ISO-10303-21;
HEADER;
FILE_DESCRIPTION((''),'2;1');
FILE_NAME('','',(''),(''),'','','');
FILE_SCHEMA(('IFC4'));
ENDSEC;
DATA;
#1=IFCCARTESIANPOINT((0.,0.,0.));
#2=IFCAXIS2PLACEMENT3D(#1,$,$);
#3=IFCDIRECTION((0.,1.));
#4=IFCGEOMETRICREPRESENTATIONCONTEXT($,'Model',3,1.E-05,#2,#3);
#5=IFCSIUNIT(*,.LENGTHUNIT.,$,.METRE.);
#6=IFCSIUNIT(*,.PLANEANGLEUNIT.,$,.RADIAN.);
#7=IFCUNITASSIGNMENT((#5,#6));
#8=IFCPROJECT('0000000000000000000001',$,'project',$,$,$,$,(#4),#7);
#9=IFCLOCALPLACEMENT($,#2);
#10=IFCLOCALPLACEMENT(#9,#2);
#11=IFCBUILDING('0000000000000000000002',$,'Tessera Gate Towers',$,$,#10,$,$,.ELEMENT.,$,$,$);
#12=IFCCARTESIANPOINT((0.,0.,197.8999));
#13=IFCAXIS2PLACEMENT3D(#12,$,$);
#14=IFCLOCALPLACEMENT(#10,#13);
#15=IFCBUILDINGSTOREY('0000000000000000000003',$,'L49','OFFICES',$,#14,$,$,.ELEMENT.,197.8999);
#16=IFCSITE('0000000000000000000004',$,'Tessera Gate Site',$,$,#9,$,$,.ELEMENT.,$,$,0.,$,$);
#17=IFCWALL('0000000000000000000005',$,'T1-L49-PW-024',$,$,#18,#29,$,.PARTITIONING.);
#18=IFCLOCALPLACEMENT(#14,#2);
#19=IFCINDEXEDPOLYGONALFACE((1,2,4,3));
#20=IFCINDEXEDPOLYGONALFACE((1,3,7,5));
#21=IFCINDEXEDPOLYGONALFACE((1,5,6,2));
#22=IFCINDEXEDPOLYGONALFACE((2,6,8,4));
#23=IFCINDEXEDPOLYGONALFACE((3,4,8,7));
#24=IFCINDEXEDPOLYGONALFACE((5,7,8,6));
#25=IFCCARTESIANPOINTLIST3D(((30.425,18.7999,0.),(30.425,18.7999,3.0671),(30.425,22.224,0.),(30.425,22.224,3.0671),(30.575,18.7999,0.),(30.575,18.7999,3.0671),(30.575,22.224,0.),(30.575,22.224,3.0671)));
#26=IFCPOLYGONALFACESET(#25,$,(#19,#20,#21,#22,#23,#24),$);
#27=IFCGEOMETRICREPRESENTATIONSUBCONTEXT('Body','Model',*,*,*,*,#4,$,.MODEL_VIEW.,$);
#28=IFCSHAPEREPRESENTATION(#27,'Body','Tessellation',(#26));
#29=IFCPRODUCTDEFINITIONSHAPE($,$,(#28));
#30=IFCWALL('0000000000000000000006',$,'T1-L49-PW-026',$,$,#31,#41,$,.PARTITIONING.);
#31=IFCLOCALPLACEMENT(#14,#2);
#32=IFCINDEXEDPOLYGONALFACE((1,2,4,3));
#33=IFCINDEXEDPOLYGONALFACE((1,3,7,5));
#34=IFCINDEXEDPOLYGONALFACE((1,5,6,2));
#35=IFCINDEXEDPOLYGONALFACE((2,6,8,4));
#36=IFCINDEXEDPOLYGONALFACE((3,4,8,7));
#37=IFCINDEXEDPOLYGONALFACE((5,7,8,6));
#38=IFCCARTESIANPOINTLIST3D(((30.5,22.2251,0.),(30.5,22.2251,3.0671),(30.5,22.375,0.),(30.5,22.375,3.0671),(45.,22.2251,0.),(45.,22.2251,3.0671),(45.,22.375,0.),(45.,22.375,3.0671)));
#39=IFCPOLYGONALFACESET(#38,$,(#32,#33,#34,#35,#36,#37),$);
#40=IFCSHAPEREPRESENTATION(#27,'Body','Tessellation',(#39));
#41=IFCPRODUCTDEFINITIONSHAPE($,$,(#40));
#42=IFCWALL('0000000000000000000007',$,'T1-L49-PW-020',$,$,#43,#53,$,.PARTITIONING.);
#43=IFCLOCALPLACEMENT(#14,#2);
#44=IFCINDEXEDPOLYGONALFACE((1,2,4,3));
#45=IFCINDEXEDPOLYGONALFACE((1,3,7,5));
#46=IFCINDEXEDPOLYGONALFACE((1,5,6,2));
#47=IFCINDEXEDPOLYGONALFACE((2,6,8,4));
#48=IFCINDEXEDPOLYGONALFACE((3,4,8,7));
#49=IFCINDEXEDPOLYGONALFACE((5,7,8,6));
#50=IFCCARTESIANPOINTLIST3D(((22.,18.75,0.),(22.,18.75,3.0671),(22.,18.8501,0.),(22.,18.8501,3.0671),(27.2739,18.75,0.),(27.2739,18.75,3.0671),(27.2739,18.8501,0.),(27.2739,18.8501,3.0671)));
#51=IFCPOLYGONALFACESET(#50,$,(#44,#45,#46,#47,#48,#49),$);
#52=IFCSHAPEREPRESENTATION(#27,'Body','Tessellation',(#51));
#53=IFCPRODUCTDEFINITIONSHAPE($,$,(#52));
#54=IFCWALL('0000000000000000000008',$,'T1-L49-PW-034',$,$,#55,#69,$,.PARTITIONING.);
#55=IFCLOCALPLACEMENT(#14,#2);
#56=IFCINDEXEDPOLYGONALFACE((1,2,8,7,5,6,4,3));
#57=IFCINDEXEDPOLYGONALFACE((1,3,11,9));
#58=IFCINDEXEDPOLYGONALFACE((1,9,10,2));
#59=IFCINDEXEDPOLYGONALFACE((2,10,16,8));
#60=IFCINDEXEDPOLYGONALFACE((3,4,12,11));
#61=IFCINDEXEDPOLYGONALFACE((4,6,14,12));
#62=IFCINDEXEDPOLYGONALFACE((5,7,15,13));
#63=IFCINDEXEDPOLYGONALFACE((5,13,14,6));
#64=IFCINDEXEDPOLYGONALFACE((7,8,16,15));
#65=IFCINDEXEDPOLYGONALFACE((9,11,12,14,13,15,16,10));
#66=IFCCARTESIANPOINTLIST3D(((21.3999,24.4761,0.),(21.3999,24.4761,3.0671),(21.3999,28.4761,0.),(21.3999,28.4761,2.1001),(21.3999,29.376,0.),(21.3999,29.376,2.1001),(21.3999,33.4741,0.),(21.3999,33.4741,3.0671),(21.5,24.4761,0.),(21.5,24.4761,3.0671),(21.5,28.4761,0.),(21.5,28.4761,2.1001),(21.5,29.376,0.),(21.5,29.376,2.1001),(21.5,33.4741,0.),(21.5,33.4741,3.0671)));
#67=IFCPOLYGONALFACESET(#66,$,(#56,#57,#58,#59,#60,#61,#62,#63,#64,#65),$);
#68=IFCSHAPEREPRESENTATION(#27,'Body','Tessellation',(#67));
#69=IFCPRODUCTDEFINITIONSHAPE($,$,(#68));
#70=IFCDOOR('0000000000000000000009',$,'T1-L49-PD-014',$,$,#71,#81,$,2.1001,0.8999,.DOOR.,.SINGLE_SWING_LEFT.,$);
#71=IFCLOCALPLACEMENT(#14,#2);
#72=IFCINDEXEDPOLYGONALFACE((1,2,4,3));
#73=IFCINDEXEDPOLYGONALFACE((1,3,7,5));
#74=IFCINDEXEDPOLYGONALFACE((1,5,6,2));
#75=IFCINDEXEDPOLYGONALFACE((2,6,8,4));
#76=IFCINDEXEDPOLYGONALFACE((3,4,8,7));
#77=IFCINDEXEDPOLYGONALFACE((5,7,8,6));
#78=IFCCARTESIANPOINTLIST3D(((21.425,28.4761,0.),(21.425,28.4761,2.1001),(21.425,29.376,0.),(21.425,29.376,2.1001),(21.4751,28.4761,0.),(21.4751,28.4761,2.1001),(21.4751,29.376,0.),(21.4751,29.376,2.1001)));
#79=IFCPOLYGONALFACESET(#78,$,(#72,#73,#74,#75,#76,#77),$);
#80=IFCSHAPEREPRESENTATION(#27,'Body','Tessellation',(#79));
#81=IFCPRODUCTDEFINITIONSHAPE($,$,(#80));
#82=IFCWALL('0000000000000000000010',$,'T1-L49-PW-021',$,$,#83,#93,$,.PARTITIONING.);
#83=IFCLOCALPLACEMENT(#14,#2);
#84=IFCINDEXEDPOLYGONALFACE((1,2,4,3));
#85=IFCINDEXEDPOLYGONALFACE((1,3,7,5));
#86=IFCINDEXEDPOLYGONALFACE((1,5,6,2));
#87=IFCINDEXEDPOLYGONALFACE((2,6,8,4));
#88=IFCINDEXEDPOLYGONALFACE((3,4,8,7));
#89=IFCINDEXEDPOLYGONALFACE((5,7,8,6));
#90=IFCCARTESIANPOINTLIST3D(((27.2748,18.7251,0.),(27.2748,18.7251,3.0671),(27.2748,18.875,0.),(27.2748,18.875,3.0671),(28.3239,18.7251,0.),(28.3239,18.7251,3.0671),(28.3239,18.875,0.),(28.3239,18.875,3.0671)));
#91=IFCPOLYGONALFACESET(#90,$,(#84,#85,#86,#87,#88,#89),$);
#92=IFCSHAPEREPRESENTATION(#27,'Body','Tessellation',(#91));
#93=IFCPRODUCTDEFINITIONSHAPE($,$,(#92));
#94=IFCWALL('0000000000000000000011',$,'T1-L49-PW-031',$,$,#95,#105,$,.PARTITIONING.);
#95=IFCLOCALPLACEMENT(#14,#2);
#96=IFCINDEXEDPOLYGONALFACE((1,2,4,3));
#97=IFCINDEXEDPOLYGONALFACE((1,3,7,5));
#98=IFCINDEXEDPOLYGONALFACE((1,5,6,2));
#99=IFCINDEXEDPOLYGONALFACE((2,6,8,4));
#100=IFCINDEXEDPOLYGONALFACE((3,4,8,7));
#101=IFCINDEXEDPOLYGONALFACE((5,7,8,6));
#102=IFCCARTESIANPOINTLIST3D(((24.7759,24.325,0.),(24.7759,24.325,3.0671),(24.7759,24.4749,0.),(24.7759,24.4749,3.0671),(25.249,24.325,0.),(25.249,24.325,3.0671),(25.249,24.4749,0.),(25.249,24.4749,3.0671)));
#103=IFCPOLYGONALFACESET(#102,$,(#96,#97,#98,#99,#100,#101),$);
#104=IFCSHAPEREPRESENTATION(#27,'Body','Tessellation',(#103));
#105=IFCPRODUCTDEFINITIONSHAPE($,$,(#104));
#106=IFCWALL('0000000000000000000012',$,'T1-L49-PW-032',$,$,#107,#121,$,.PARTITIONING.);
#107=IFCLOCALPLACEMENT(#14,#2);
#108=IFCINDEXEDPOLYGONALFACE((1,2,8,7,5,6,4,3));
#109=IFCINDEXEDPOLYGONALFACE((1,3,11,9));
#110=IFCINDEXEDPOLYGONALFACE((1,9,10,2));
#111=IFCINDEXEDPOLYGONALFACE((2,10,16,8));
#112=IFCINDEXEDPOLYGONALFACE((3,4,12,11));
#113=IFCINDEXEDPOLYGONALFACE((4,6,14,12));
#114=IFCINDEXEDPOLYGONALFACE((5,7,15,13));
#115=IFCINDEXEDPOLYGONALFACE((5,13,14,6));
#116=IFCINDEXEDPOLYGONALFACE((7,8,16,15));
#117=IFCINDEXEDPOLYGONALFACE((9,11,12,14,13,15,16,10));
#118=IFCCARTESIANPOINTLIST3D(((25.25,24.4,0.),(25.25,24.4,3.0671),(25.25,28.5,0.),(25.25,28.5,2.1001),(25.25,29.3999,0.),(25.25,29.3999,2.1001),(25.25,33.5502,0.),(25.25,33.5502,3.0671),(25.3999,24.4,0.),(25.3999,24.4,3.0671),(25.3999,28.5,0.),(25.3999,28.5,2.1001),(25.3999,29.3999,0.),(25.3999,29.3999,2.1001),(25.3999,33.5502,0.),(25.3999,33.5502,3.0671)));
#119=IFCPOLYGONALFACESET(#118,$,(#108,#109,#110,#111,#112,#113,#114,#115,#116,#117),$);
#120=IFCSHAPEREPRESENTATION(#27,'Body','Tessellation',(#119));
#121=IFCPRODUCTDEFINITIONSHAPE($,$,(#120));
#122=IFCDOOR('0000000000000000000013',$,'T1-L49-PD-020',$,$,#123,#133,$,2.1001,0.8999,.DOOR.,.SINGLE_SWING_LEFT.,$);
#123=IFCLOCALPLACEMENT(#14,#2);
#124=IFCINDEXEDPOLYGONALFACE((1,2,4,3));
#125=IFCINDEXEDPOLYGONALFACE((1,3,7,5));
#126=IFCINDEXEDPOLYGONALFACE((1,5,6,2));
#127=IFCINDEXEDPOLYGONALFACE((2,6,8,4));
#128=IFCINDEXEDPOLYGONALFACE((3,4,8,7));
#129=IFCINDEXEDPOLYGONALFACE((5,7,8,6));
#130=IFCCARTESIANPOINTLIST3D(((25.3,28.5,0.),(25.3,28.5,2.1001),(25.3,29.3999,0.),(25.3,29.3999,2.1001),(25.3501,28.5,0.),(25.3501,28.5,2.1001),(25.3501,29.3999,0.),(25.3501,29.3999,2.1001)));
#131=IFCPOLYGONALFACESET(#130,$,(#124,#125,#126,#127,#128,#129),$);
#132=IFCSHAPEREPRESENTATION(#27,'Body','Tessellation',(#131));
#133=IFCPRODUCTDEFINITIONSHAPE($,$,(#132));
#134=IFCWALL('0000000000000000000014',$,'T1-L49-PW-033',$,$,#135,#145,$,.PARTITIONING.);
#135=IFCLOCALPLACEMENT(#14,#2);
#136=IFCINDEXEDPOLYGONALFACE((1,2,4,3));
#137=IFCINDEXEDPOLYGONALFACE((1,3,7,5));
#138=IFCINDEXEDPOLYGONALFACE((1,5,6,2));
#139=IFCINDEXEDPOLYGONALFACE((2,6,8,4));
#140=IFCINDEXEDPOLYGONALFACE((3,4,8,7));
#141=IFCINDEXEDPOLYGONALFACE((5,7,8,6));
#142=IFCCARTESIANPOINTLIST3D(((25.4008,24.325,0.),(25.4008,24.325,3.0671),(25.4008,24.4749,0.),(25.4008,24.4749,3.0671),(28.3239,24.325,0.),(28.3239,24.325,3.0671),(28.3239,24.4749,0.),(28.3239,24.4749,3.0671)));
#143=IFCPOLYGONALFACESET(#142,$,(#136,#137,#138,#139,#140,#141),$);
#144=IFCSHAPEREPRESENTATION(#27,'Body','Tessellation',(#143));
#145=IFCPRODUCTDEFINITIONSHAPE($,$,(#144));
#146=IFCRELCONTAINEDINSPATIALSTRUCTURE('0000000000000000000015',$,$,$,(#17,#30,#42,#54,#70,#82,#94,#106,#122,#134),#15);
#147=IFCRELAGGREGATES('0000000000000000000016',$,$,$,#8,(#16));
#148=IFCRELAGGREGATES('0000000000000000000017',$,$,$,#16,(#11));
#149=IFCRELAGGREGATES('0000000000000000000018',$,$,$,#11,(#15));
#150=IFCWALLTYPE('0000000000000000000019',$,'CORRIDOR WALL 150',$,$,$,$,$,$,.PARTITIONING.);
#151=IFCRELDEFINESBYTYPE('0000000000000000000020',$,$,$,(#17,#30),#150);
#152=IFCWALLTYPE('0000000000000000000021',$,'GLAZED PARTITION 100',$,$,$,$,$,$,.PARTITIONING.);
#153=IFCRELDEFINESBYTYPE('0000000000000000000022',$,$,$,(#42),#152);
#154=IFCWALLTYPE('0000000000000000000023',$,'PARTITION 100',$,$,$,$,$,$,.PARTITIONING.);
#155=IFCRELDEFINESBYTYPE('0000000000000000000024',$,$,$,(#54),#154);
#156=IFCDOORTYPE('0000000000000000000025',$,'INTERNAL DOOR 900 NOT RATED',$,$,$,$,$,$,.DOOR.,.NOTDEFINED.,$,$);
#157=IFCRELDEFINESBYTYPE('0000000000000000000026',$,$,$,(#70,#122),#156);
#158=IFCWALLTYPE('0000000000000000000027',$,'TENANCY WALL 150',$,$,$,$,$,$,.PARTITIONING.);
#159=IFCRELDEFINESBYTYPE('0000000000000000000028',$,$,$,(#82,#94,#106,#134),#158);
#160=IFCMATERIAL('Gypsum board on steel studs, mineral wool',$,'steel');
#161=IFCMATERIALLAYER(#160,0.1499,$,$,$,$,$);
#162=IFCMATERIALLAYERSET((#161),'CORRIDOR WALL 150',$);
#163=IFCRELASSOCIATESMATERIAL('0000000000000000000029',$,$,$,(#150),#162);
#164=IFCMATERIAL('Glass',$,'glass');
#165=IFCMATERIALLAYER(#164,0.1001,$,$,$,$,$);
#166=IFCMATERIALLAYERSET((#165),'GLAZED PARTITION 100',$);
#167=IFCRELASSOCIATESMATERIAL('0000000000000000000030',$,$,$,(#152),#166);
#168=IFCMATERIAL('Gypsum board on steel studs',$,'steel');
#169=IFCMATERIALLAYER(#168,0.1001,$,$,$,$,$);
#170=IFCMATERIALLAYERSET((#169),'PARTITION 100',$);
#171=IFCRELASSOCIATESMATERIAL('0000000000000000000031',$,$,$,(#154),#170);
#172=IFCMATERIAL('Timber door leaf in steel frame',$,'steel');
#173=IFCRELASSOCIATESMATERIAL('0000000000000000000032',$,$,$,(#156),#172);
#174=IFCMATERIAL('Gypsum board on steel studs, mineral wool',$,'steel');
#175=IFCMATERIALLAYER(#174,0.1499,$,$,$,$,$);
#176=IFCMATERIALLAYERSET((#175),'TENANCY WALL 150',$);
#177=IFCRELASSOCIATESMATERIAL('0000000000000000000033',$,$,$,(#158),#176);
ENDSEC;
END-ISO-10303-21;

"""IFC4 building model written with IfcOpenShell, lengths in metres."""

from ifc_helpers import new_model, si_unit, direction, frame, frame_2d, origin, place, context, subcontext, project, spatial, rectangle, extrude, source, transform, mapped, material, layer, layer_set, type_object, element, fill, save


model = new_model("IFC4")

# Units and contexts
model_context = context("Model", 3, precision=1e-05, world=origin(), true_north=direction((0.0, 1.0)))
body_context = subcontext(model_context, "Body", "Model", "MODEL_VIEW")
ifc_project = project(units=[si_unit("LENGTHUNIT", "METRE"), si_unit("PLANEANGLEUNIT", "RADIAN")], contexts=[model_context])

# Site, building, storey
site_placement = place(None, origin())
site = spatial("IfcSite", under=ifc_project, at=site_placement, Name="Tessera Gate Site", CompositionType="ELEMENT", RefElevation=0.0)
building_placement = place(site_placement, origin())
building = spatial("IfcBuilding", under=site, at=building_placement, Name="Tessera Gate Towers", CompositionType="ELEMENT")
storey_placement = place(building_placement, frame((0.0, 0.0, 197.8999)))
storey = spatial("IfcBuildingStorey", under=building, at=storey_placement, Name="L49", Description="OFFICES", CompositionType="ELEMENT", Elevation=197.8999)

# Shared definitions
ifc_material_1 = material(Name="Gypsum board on steel studs, mineral wool", Category="steel")
ifc_layer_1 = layer(ifc_material_1, 0.1499)
ifc_layer_set_1 = layer_set([ifc_layer_1], Name="CORRIDOR WALL 150")
wall_type_1 = type_object("IfcWallType", Name="CORRIDOR WALL 150", PredefinedType="PARTITIONING", material=ifc_layer_set_1)
shared_shape_1 = source(origin(), body_context, "Body", "SweptSolid", [
    extrude(rectangle(XDim=0.8999, YDim=2.1001, at=frame_2d((0.45, 1.05))), frame((0.0, 0.085, 0.0), z_axis=(0.0, -1.0, 0.0), x_axis=(1.0, 0.0, 0.0)), (0.0, 0.0, 1.0), 0.1699),
])
shared_shape_2 = source(origin(), body_context, "Body", "SweptSolid", [
    extrude(rectangle(XDim=0.8999, YDim=2.1001, at=frame_2d((0.45, 1.05))), frame((0.0, 0.0249, 0.0), z_axis=(0.0, -1.0, 0.0), x_axis=(1.0, 0.0, 0.0)), (0.0, 0.0, 1.0), 0.05),
])

# Walls
wall_1_placement = place(storey_placement, frame((30.5, 18.8, 0.0), z_axis=(0.0, 0.0, 1.0), x_axis=(0.0, 1.0, 0.0)))
element("IfcWall", 1, at=wall_1_placement, inside=storey, type_object=wall_type_1, Name="T1-L49-PW-024", PredefinedType="PARTITIONING", context=body_context, shape_type="SweptSolid", body=[
    extrude(rectangle(XDim=3.4241, YDim=0.1499, at=frame_2d((1.7119, 0.0))), origin(), (0.0, 0.0, 1.0), 3.0671),
])
wall_2_placement = place(storey_placement, frame((30.5, 22.3, 0.0), z_axis=(0.0, 0.0, 1.0), x_axis=(1.0, 0.0, 0.0)))
element("IfcWall", 2, at=wall_2_placement, inside=storey, type_object=wall_type_1, Name="T1-L49-PW-026", PredefinedType="PARTITIONING", context=body_context, shape_type="SweptSolid", body=[
    extrude(rectangle(XDim=14.5, YDim=0.1499, at=frame_2d((7.25, 0.0))), origin(), (0.0, 0.0, 1.0), 3.0671),
])
ifc_material_2 = material(Name="Glass", Category="glass")
ifc_layer_2 = layer(ifc_material_2, 0.1001)
ifc_layer_set_2 = layer_set([ifc_layer_2], Name="GLAZED PARTITION 100")
wall_type_2 = type_object("IfcWallType", Name="GLAZED PARTITION 100", PredefinedType="PARTITIONING", material=ifc_layer_set_2)
wall_3_placement = place(storey_placement, frame((22.0, 18.8, 0.0), z_axis=(0.0, 0.0, 1.0), x_axis=(1.0, 0.0, 0.0)))
element("IfcWall", 3, at=wall_3_placement, inside=storey, type_object=wall_type_2, Name="T1-L49-PW-020", PredefinedType="PARTITIONING", context=body_context, shape_type="SweptSolid", body=[
    extrude(rectangle(XDim=5.2739, YDim=0.1001, at=frame_2d((2.637, 0.0))), origin(), (0.0, 0.0, 1.0), 3.0671),
])

# Wall, opening, door
ifc_material_3 = material(Name="Gypsum board on steel studs", Category="steel")
ifc_layer_3 = layer(ifc_material_3, 0.1001)
ifc_layer_set_3 = layer_set([ifc_layer_3], Name="PARTITION 100")
wall_type_3 = type_object("IfcWallType", Name="PARTITION 100", PredefinedType="PARTITIONING", material=ifc_layer_set_3)
wall_4_placement = place(storey_placement, frame((21.45, 24.4761, 0.0), z_axis=(0.0, 0.0, 1.0), x_axis=(0.0, 1.0, 0.0)))
wall_4 = element("IfcWall", 4, at=wall_4_placement, inside=storey, type_object=wall_type_3, Name="T1-L49-PW-034", PredefinedType="PARTITIONING", context=body_context, shape_type="SweptSolid", body=[
    extrude(rectangle(XDim=8.998, YDim=0.1001, at=frame_2d((4.499, 0.0))), origin(), (0.0, 0.0, 1.0), 3.0671),
])
shared_shape_3 = source(origin(), body_context, "Body", "SweptSolid", [
    extrude(rectangle(XDim=0.8999, YDim=2.1001, at=frame_2d((0.45, 1.05))), frame((0.0, 0.0601, 0.0), z_axis=(0.0, -1.0, 0.0), x_axis=(1.0, 0.0, 0.0)), (0.0, 0.0, 1.0), 0.1201),
])
opening_1_placement = place(wall_4_placement, frame((4.0, 0.0, 0.0)))
opening_1 = element("IfcOpeningElement", 5, at=opening_1_placement, cuts=wall_4, PredefinedType="OPENING", context=body_context, shape_type="MappedRepresentation", body=[
    mapped(shared_shape_3, transform((0.0, 0.0, 0.0), scale=1.0)),
])
ifc_material_4 = material(Name="Timber door leaf in steel frame", Category="steel")
door_type_1 = type_object("IfcDoorType", Name="INTERNAL DOOR 900 NOT RATED", OperationType="NOTDEFINED", PredefinedType="DOOR", material=ifc_material_4)
door_1_placement = place(opening_1_placement, origin())
door_1 = element("IfcDoor", 6, at=door_1_placement, inside=storey, type_object=door_type_1, Name="T1-L49-PD-014", OperationType="SINGLE_SWING_LEFT", OverallHeight=2.1001, OverallWidth=0.8999, PredefinedType="DOOR", context=body_context, shape_type="MappedRepresentation", body=[
    mapped(shared_shape_2, transform((0.0, 0.0, 0.0), scale=1.0)),
])
fill(opening_1, door_1)

# Walls
ifc_material_5 = material(Name="Gypsum board on steel studs, mineral wool", Category="steel")
ifc_layer_4 = layer(ifc_material_5, 0.1499)
ifc_layer_set_4 = layer_set([ifc_layer_4], Name="TENANCY WALL 150")
wall_type_4 = type_object("IfcWallType", Name="TENANCY WALL 150", PredefinedType="PARTITIONING", material=ifc_layer_set_4)
wall_5_placement = place(storey_placement, frame((27.2749, 18.8, 0.0), z_axis=(0.0, 0.0, 1.0), x_axis=(1.0, 0.0, 0.0)))
element("IfcWall", 7, at=wall_5_placement, inside=storey, type_object=wall_type_4, Name="T1-L49-PW-021", PredefinedType="PARTITIONING", context=body_context, shape_type="SweptSolid", body=[
    extrude(rectangle(XDim=1.0491, YDim=0.1499, at=frame_2d((0.5244, 0.0))), origin(), (0.0, 0.0, 1.0), 3.0671),
])
wall_6_placement = place(storey_placement, frame((24.7759, 24.3999, 0.0), z_axis=(0.0, 0.0, 1.0), x_axis=(1.0, 0.0, 0.0)))
element("IfcWall", 8, at=wall_6_placement, inside=storey, type_object=wall_type_4, Name="T1-L49-PW-031", PredefinedType="PARTITIONING", context=body_context, shape_type="SweptSolid", body=[
    extrude(rectangle(XDim=0.4731, YDim=0.1499, at=frame_2d((0.2366, 0.0))), origin(), (0.0, 0.0, 1.0), 3.0671),
])

# Wall, opening, door
wall_7_placement = place(storey_placement, frame((25.325, 24.3999, 0.0), z_axis=(0.0, 0.0, 1.0), x_axis=(0.0, 1.0, 0.0)))
wall_7 = element("IfcWall", 9, at=wall_7_placement, inside=storey, type_object=wall_type_4, Name="T1-L49-PW-032", PredefinedType="PARTITIONING", context=body_context, shape_type="SweptSolid", body=[
    extrude(rectangle(XDim=9.1501, YDim=0.1499, at=frame_2d((4.5752, 0.0))), origin(), (0.0, 0.0, 1.0), 3.0671),
])
opening_2_placement = place(wall_7_placement, frame((4.1001, 0.0, 0.0)))
opening_2 = element("IfcOpeningElement", 10, at=opening_2_placement, cuts=wall_7, PredefinedType="OPENING", context=body_context, shape_type="MappedRepresentation", body=[
    mapped(shared_shape_1, transform((0.0, 0.0, 0.0), scale=1.0)),
])
door_2_placement = place(opening_2_placement, origin())
door_2 = element("IfcDoor", 11, at=door_2_placement, inside=storey, type_object=door_type_1, Name="T1-L49-PD-020", OperationType="SINGLE_SWING_LEFT", OverallHeight=2.1001, OverallWidth=0.8999, PredefinedType="DOOR", context=body_context, shape_type="MappedRepresentation", body=[
    mapped(shared_shape_2, transform((0.0, 0.0, 0.0), scale=1.0)),
])
fill(opening_2, door_2)

# Wall
wall_8_placement = place(storey_placement, frame((25.4009, 24.3999, 0.0), z_axis=(0.0, 0.0, 1.0), x_axis=(1.0, 0.0, 0.0)))
element("IfcWall", 12, at=wall_8_placement, inside=storey, type_object=wall_type_4, Name="T1-L49-PW-033", PredefinedType="PARTITIONING", context=body_context, shape_type="SweptSolid", body=[
    extrude(rectangle(XDim=2.9231, YDim=0.1499, at=frame_2d((1.4614, 0.0))), origin(), (0.0, 0.0, 1.0), 3.0671),
])

save(model, "model.ifc")
